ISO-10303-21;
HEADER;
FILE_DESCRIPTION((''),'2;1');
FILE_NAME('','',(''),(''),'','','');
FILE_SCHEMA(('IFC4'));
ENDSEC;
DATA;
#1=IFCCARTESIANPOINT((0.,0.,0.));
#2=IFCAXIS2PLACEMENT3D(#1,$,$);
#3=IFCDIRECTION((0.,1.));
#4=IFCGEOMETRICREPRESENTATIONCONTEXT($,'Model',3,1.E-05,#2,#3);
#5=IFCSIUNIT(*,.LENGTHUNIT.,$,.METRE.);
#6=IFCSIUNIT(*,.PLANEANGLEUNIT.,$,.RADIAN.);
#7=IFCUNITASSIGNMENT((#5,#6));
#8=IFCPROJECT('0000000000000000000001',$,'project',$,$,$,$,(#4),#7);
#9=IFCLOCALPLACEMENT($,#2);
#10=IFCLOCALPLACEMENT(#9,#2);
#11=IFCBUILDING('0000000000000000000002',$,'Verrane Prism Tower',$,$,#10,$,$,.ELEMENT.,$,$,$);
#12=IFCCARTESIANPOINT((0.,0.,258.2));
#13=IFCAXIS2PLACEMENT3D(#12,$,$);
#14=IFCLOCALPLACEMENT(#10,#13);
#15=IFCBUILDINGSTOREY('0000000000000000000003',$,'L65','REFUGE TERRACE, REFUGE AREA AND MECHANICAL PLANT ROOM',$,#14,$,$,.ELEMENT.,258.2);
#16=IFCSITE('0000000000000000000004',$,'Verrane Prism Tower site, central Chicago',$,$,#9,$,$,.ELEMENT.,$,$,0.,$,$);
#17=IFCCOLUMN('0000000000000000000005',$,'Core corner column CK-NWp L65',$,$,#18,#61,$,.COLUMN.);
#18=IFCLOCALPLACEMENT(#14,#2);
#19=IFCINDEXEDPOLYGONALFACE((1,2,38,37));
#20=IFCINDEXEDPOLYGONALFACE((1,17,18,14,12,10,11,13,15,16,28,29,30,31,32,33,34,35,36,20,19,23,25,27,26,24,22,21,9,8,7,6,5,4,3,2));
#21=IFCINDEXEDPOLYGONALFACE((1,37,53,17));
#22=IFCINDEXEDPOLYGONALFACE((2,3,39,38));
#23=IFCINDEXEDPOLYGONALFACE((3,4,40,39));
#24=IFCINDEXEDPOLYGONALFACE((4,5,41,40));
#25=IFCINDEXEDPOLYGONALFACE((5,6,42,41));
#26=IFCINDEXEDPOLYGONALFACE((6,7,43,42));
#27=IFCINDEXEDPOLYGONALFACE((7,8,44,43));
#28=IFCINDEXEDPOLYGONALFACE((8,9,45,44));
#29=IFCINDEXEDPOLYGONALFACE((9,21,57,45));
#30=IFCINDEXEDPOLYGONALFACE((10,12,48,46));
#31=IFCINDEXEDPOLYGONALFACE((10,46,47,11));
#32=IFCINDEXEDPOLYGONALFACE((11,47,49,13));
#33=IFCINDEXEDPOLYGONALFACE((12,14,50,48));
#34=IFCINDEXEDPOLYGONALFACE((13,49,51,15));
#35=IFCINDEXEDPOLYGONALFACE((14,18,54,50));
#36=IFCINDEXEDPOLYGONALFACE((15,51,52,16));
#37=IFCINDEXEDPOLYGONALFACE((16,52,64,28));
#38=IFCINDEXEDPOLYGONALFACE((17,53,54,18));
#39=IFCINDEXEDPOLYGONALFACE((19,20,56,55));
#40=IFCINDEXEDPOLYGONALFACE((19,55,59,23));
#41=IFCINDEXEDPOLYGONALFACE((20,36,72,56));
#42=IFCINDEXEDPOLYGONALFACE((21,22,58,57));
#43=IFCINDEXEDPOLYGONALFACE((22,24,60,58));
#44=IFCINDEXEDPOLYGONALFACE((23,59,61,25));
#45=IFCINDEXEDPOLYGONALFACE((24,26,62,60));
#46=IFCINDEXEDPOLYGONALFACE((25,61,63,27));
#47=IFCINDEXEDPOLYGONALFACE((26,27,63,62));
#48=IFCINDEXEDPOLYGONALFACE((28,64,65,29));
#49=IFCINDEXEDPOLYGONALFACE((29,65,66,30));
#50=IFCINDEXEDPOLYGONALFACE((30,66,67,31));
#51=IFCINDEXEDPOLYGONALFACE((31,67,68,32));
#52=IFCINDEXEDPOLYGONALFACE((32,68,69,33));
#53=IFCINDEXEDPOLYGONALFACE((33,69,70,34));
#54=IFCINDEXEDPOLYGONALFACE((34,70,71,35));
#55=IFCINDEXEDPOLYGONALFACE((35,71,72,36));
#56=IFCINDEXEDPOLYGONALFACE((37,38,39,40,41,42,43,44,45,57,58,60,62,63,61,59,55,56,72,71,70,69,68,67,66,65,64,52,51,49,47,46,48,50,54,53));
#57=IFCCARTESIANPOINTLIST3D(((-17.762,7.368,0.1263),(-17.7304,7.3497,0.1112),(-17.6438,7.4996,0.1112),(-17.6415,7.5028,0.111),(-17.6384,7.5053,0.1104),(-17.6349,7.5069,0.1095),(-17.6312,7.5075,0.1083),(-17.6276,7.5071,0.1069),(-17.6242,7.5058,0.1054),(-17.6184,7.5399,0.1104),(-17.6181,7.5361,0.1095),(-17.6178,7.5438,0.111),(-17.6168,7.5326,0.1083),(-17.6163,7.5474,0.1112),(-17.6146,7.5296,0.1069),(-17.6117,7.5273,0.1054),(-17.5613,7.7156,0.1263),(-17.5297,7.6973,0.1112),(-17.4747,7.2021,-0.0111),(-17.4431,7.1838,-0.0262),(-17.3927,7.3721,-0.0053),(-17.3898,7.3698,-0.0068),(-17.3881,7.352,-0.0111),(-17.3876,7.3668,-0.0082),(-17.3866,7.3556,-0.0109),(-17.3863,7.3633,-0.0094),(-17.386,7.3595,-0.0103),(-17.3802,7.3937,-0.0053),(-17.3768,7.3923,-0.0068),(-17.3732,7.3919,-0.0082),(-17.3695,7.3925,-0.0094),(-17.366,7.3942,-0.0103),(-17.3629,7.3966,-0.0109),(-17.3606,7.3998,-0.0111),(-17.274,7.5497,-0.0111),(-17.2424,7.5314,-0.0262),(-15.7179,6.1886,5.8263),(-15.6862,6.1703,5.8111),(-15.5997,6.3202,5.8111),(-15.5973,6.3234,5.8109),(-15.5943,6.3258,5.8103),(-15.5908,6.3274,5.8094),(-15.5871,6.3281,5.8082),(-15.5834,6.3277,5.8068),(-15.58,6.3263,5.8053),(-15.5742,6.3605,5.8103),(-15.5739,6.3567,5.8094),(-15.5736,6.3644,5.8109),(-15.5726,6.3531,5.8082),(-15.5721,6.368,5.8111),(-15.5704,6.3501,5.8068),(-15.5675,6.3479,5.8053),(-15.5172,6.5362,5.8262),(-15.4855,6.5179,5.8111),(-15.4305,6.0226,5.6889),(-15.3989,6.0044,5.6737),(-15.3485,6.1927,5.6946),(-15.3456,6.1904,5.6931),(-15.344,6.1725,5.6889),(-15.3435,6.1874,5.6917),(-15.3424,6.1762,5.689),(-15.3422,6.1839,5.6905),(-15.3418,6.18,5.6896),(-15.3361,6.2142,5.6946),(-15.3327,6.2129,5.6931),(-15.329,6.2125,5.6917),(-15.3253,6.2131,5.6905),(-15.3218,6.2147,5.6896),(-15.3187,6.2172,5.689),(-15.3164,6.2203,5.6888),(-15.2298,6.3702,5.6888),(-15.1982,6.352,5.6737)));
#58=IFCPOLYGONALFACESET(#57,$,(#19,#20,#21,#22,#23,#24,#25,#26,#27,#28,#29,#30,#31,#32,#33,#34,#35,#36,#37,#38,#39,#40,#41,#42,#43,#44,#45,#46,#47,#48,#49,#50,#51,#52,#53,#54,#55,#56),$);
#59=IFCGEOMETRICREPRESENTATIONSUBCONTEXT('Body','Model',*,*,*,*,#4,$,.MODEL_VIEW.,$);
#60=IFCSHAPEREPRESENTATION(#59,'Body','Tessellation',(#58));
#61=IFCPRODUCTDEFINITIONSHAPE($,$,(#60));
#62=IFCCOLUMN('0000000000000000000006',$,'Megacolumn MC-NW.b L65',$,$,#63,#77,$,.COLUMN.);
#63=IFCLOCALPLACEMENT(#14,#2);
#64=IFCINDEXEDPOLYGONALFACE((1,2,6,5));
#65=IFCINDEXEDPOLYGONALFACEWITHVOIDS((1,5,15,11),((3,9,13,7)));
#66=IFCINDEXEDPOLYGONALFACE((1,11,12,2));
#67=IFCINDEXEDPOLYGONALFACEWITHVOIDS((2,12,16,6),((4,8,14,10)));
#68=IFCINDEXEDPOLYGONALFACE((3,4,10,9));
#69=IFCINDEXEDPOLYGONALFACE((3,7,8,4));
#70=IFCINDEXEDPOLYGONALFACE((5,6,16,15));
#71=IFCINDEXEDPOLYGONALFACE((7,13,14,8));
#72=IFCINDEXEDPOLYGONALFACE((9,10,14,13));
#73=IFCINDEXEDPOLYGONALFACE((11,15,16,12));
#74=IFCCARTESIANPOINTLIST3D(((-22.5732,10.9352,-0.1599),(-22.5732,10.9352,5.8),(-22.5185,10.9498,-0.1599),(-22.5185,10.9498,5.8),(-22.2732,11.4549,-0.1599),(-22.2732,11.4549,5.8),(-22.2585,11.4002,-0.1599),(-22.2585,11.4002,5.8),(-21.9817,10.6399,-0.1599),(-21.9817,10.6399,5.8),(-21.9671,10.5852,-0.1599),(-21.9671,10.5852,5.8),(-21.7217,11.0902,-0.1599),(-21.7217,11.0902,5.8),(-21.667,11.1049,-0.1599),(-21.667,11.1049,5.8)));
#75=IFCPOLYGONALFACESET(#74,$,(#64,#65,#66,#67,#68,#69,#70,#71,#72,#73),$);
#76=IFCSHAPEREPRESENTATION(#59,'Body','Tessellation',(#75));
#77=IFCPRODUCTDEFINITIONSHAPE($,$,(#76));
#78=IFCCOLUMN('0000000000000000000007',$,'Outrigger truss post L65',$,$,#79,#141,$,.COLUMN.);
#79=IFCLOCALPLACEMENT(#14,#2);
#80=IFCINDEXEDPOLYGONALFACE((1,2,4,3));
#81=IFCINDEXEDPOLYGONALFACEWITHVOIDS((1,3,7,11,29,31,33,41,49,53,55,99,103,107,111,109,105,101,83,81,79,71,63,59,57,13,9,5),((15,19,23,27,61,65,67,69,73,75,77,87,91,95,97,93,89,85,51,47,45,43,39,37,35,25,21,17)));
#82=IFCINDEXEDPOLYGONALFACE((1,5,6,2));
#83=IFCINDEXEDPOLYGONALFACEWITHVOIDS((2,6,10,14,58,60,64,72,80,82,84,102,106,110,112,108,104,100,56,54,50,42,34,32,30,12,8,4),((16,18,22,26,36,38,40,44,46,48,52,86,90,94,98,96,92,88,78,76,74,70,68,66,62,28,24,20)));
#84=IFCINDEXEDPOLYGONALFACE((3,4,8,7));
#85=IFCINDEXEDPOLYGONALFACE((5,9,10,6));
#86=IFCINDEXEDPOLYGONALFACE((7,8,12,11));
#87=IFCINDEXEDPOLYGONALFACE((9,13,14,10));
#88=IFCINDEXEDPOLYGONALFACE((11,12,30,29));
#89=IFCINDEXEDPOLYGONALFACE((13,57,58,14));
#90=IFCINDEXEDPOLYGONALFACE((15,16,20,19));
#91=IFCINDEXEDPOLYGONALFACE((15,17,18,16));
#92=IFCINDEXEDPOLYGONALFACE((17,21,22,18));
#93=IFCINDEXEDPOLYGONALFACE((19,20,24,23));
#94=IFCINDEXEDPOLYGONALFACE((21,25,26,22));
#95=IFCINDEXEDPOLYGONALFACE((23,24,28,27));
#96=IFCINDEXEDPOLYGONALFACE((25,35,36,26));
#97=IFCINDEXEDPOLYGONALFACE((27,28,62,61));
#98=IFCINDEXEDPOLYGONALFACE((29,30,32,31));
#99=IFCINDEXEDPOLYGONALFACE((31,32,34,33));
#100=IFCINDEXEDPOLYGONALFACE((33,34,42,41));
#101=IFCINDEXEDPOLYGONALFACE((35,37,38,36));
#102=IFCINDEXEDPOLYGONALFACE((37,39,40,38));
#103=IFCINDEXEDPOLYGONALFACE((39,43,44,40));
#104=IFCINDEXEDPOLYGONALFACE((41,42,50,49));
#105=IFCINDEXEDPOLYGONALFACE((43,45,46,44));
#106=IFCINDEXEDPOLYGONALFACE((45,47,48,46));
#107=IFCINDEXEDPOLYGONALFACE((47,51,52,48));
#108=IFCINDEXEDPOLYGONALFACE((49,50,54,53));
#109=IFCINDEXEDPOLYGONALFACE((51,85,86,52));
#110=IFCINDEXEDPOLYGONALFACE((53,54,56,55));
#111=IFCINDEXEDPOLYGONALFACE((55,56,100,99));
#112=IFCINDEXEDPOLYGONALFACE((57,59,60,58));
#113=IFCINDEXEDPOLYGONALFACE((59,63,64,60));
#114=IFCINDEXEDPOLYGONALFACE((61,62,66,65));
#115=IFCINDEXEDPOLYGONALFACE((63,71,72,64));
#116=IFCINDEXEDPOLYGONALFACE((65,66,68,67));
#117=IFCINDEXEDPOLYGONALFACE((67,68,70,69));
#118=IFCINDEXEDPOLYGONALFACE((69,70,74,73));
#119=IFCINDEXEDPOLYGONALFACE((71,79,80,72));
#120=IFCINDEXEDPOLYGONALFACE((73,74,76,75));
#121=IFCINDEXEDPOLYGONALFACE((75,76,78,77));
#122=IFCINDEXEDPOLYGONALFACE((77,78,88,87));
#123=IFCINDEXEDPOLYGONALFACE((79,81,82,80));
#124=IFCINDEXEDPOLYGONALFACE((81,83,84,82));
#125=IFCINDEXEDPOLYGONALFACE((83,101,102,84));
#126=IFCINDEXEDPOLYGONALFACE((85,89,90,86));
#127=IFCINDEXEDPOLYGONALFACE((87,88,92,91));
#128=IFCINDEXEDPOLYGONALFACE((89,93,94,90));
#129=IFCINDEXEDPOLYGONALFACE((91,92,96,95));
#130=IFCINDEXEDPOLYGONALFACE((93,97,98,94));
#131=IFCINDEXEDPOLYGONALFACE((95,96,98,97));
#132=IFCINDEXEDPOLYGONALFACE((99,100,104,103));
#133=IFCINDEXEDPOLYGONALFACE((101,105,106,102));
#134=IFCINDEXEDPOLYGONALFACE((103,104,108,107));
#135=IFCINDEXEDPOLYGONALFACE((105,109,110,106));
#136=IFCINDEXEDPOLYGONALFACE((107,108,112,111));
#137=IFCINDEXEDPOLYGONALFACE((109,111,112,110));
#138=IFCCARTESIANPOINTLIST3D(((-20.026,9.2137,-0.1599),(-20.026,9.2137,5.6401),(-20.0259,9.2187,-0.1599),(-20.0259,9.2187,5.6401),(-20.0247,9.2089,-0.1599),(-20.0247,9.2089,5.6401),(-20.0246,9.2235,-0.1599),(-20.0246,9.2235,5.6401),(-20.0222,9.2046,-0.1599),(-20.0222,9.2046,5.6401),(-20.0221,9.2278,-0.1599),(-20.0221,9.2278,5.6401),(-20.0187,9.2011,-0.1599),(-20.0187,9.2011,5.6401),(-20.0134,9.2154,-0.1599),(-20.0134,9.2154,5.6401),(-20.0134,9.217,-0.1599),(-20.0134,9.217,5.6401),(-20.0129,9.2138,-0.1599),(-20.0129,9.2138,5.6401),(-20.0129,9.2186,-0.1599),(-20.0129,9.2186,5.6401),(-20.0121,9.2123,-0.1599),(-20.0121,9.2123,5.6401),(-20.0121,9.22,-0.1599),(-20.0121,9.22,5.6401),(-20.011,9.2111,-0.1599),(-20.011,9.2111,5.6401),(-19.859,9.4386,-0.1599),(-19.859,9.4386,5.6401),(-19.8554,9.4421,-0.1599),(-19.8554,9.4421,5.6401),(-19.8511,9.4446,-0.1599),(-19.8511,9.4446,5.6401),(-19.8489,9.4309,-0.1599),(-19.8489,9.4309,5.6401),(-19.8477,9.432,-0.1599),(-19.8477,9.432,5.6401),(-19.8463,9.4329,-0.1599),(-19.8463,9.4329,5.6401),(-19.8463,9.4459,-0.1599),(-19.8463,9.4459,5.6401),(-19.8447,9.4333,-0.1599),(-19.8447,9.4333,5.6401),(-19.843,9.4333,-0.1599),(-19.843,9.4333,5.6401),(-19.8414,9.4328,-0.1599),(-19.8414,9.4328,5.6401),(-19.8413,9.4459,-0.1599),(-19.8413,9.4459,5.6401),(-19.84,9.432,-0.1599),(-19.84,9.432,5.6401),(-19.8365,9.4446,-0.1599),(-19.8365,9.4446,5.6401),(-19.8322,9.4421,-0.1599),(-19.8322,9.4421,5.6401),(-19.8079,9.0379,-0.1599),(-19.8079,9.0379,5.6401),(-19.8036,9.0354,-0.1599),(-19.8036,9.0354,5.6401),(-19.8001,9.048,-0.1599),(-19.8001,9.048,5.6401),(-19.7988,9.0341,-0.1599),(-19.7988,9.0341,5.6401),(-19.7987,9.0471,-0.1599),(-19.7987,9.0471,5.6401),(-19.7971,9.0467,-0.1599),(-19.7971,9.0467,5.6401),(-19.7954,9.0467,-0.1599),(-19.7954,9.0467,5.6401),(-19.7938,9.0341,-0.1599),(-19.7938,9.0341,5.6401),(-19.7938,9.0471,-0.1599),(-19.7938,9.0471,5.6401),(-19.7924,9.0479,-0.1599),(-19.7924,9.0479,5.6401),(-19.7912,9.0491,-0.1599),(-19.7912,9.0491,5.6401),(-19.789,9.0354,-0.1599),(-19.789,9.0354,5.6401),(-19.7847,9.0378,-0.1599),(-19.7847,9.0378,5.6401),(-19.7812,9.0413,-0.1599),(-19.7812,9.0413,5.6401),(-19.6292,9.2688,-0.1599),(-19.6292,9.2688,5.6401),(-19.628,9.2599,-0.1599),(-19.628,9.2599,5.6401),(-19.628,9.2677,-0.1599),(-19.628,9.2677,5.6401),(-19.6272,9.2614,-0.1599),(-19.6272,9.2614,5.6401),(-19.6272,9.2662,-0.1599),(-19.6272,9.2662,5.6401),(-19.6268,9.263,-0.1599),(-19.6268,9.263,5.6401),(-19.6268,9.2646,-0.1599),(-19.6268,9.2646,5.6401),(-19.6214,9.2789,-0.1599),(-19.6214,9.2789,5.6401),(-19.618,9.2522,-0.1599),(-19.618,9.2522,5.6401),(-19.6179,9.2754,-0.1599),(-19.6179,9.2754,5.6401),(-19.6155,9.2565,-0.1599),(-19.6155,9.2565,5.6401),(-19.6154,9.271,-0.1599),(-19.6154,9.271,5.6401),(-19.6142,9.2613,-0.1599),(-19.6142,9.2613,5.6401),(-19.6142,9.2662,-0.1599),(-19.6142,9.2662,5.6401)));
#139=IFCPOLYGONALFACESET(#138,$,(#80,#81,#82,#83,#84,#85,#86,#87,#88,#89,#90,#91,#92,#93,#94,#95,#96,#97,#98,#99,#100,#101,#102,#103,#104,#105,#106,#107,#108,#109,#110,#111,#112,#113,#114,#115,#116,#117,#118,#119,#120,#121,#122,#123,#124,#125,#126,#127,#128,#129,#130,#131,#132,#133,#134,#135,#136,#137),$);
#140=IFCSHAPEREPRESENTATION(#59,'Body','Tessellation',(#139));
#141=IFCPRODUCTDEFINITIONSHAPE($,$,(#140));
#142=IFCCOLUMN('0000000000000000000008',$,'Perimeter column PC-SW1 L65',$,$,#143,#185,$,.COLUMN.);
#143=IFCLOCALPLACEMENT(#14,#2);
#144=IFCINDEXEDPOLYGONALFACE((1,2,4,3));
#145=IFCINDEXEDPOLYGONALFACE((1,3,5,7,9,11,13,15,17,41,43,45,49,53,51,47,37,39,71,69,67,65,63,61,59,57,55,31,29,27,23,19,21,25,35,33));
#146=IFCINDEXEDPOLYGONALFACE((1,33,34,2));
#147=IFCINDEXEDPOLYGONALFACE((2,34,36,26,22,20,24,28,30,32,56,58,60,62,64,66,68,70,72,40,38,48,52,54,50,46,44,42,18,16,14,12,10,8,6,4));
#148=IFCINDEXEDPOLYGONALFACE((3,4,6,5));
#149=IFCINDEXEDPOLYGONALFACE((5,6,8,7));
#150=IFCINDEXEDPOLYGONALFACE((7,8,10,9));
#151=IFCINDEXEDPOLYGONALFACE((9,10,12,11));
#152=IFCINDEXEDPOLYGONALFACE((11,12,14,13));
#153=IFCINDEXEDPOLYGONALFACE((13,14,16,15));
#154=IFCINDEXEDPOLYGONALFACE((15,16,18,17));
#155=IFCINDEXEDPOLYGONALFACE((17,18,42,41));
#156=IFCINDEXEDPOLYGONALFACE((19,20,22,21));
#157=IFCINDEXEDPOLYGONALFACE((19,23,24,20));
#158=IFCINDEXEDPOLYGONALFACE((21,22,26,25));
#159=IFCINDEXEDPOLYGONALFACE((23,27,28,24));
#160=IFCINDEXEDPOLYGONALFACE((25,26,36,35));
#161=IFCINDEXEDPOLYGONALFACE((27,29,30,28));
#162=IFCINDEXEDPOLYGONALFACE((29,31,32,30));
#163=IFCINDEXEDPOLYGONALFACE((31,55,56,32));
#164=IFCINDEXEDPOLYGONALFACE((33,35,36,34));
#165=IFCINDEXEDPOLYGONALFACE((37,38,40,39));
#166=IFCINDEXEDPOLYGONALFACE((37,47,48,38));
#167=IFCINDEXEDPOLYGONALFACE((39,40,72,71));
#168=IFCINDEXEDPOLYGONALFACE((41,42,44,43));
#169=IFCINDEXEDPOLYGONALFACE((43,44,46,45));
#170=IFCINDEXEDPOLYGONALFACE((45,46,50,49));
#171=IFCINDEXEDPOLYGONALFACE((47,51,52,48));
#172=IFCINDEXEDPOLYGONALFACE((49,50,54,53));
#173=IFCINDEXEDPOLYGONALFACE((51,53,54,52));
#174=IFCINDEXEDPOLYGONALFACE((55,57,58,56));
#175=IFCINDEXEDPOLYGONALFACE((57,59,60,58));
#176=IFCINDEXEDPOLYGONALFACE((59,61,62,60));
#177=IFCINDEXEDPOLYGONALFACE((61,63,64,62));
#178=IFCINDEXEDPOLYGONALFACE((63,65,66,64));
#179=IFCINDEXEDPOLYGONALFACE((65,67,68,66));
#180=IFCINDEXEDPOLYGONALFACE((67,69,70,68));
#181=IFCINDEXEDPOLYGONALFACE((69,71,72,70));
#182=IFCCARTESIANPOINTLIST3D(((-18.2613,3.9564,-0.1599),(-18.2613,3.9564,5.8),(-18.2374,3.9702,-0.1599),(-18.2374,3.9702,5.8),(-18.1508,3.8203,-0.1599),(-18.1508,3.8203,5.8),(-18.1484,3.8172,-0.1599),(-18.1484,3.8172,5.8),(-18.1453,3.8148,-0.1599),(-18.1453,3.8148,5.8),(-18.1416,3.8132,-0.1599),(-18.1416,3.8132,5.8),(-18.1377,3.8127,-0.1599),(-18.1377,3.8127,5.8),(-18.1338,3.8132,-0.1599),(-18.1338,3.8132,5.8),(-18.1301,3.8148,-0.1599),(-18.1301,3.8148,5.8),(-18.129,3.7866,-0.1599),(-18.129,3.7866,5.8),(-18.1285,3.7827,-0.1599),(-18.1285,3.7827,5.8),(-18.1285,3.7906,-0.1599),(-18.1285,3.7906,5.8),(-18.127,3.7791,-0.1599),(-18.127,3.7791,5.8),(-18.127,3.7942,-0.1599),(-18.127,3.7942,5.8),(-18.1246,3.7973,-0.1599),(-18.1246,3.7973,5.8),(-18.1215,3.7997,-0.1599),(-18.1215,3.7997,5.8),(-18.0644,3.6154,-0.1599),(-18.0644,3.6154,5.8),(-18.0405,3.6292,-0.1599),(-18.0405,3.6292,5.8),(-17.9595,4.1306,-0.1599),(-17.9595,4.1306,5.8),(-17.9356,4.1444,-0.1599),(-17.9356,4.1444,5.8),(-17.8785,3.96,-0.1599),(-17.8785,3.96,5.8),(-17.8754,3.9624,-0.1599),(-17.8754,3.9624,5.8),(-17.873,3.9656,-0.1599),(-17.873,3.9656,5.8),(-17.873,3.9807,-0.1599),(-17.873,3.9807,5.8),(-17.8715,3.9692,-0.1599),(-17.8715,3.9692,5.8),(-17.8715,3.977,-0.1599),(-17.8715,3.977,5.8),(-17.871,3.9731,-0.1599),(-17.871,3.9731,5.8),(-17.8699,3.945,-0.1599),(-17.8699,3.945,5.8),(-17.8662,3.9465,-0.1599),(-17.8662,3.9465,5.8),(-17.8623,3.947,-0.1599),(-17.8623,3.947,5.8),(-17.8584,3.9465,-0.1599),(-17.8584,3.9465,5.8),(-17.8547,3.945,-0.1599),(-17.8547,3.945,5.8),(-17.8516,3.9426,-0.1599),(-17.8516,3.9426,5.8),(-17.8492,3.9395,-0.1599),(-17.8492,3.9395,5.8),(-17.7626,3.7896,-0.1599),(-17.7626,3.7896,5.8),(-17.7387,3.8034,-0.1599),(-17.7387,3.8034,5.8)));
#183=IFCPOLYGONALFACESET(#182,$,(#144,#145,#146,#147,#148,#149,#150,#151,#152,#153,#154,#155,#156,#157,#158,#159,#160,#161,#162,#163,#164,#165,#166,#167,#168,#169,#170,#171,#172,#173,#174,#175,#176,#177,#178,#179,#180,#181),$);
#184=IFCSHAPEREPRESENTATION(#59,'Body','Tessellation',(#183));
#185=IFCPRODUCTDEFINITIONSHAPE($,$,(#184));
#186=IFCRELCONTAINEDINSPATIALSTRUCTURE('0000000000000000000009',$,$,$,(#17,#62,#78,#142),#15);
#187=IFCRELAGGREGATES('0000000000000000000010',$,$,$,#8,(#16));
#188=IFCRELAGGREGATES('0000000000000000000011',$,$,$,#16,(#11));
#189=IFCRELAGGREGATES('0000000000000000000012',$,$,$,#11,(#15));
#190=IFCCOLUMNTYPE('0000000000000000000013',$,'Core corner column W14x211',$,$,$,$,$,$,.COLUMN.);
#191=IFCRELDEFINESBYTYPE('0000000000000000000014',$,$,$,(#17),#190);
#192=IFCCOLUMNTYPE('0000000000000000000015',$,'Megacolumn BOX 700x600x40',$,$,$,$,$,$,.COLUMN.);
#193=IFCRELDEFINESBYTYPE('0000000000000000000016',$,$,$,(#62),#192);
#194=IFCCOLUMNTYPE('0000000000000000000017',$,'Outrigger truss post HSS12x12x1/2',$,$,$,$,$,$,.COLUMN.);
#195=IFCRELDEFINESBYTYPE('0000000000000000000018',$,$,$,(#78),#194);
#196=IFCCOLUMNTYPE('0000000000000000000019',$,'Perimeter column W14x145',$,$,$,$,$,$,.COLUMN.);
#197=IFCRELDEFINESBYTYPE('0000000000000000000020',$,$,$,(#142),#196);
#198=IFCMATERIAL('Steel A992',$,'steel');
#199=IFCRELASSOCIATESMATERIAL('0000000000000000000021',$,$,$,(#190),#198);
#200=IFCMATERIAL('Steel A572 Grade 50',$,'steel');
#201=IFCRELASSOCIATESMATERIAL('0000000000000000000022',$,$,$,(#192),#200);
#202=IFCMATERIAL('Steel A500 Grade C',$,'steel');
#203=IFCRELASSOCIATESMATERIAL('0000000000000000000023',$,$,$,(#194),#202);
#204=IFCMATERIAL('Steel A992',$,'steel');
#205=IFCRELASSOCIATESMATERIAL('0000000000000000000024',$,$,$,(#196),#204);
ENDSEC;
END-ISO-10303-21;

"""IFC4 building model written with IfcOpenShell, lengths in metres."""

from ifc_helpers import new_model, si_unit, direction, frame, origin, origin_2d, place, context, subcontext, project, spatial, hollow_rectangle, i_section, extrude, material, material_profile, profile_set, type_object, element, save


model = new_model("IFC4")

# Units and contexts
model_context = context("Model", 3, precision=1e-05, world=origin(), true_north=direction((0.0, 1.0)))
body_context = subcontext(model_context, "Body", "Model", "MODEL_VIEW")
ifc_project = project(units=[si_unit("LENGTHUNIT", "METRE"), si_unit("PLANEANGLEUNIT", "RADIAN")], contexts=[model_context])

# Site, building, storey
site_placement = place(None, origin())
site = spatial("IfcSite", under=ifc_project, at=site_placement, Name="Verrane Prism Tower site, central Chicago", CompositionType="ELEMENT", RefElevation=0.0)
building_placement = place(site_placement, origin())
building = spatial("IfcBuilding", under=site, at=building_placement, Name="Verrane Prism Tower", CompositionType="ELEMENT")
storey_placement = place(building_placement, frame((0.0, 0.0, 258.2)))
storey = spatial("IfcBuildingStorey", under=building, at=storey_placement, Name="L65", Description="REFUGE TERRACE, REFUGE AREA AND MECHANICAL PLANT ROOM", CompositionType="ELEMENT", Elevation=258.2)

# Columns
ifc_material_1 = material(Name="Steel A992", Category="steel")
ifc_material_profile_1 = material_profile(ifc_material_1, i_section(OverallWidth=0.4014, OverallDepth=0.3987, WebThickness=0.0249, FlangeThickness=0.0396, FilletRadius=0.0151, at=origin_2d()), Name="W14x211")
ifc_profile_set_1 = profile_set([ifc_material_profile_1], Name="Steel A992")
column_type_1 = type_object("IfcColumnType", Name="Core corner column W14x211", PredefinedType="COLUMN", material=ifc_profile_set_1)
column_1_placement = place(storey_placement, frame((-17.5022, 7.4497, 0.05), z_axis=(0.331353, -0.191182, 0.923934), x_axis=(0.500033, 0.866006, -0.000133)))
element("IfcColumn", 1, at=column_1_placement, inside=storey, type_object=column_type_1, Name="Core corner column CK-NWp L65", PredefinedType="COLUMN", context=body_context, shape_type="SweptSolid", body=[
    extrude(i_section(OverallWidth=0.4014, OverallDepth=0.3987, WebThickness=0.0249, FlangeThickness=0.0396, FilletRadius=0.0151, at=origin_2d()), origin(), (0.0, 0.0, 1.0), 6.1692),
])
ifc_material_2 = material(Name="Steel A572 Grade 50", Category="steel")
ifc_material_profile_2 = material_profile(ifc_material_2, hollow_rectangle(XDim=0.6001, YDim=0.7, WallThickness=0.04, at=origin_2d()), Name="BOX 700x600x40")
ifc_profile_set_2 = profile_set([ifc_material_profile_2], Name="Steel A572 Grade 50")
column_type_2 = type_object("IfcColumnType", Name="Megacolumn BOX 700x600x40", PredefinedType="COLUMN", material=ifc_profile_set_2)
column_2_placement = place(storey_placement, frame((-22.1201, 11.02, -0.1599), z_axis=(0.0, 0.0, 1.0), x_axis=(0.5, 0.866025, 0.0)))
element("IfcColumn", 2, at=column_2_placement, inside=storey, type_object=column_type_2, Name="Megacolumn MC-NW.b L65", PredefinedType="COLUMN", context=body_context, shape_type="SweptSolid", body=[
    extrude(hollow_rectangle(XDim=0.6001, YDim=0.7, WallThickness=0.04, at=origin_2d()), origin(), (0.0, 0.0, 1.0), 5.96),
])
ifc_material_3 = material(Name="Steel A500 Grade C", Category="steel")
ifc_material_profile_3 = material_profile(ifc_material_3, hollow_rectangle(XDim=0.3047, YDim=0.3047, WallThickness=0.0127, InnerFilletRadius=0.0063, OuterFilletRadius=0.019, at=origin_2d()), Name="HSS12x12x1/2")
ifc_profile_set_3 = profile_set([ifc_material_profile_3], Name="Steel A500 Grade C")
column_type_3 = type_object("IfcColumnType", Name="Outrigger truss post HSS12x12x1/2", PredefinedType="COLUMN", material=ifc_profile_set_3)
column_3_placement = place(storey_placement, frame((-19.8201, 9.24, -0.1599), z_axis=(0.0, 0.0, 1.0), x_axis=(-0.612035, -0.790831, 0.0)))
element("IfcColumn", 3, at=column_3_placement, inside=storey, type_object=column_type_3, Name="Outrigger truss post L65", PredefinedType="COLUMN", context=body_context, shape_type="SweptSolid", body=[
    extrude(hollow_rectangle(XDim=0.3047, YDim=0.3047, WallThickness=0.0127, InnerFilletRadius=0.0063, OuterFilletRadius=0.019, at=origin_2d()), origin(), (0.0, 0.0, 1.0), 5.8),
])
ifc_material_4 = material(Name="Steel A992", Category="steel")
ifc_material_profile_4 = material_profile(ifc_material_4, i_section(OverallWidth=0.3938, OverallDepth=0.376, WebThickness=0.0173, FlangeThickness=0.0276, FilletRadius=0.0151, at=origin_2d()), Name="W14x145")
ifc_profile_set_4 = profile_set([ifc_material_profile_4], Name="Steel A992")
column_type_4 = type_object("IfcColumnType", Name="Perimeter column W14x145", PredefinedType="COLUMN", material=ifc_profile_set_4)
column_4_placement = place(storey_placement, frame((-18.0, 3.8799, -0.1599), z_axis=(0.0, 0.0, 1.0), x_axis=(-0.5, 0.866025, 0.0)))
element("IfcColumn", 4, at=column_4_placement, inside=storey, type_object=column_type_4, Name="Perimeter column PC-SW1 L65", PredefinedType="COLUMN", context=body_context, shape_type="SweptSolid", body=[
    extrude(i_section(OverallWidth=0.3938, OverallDepth=0.376, WebThickness=0.0173, FlangeThickness=0.0276, FilletRadius=0.0151, at=origin_2d()), origin(), (0.0, 0.0, 1.0), 5.96),
])

save(model, "model.ifc")
